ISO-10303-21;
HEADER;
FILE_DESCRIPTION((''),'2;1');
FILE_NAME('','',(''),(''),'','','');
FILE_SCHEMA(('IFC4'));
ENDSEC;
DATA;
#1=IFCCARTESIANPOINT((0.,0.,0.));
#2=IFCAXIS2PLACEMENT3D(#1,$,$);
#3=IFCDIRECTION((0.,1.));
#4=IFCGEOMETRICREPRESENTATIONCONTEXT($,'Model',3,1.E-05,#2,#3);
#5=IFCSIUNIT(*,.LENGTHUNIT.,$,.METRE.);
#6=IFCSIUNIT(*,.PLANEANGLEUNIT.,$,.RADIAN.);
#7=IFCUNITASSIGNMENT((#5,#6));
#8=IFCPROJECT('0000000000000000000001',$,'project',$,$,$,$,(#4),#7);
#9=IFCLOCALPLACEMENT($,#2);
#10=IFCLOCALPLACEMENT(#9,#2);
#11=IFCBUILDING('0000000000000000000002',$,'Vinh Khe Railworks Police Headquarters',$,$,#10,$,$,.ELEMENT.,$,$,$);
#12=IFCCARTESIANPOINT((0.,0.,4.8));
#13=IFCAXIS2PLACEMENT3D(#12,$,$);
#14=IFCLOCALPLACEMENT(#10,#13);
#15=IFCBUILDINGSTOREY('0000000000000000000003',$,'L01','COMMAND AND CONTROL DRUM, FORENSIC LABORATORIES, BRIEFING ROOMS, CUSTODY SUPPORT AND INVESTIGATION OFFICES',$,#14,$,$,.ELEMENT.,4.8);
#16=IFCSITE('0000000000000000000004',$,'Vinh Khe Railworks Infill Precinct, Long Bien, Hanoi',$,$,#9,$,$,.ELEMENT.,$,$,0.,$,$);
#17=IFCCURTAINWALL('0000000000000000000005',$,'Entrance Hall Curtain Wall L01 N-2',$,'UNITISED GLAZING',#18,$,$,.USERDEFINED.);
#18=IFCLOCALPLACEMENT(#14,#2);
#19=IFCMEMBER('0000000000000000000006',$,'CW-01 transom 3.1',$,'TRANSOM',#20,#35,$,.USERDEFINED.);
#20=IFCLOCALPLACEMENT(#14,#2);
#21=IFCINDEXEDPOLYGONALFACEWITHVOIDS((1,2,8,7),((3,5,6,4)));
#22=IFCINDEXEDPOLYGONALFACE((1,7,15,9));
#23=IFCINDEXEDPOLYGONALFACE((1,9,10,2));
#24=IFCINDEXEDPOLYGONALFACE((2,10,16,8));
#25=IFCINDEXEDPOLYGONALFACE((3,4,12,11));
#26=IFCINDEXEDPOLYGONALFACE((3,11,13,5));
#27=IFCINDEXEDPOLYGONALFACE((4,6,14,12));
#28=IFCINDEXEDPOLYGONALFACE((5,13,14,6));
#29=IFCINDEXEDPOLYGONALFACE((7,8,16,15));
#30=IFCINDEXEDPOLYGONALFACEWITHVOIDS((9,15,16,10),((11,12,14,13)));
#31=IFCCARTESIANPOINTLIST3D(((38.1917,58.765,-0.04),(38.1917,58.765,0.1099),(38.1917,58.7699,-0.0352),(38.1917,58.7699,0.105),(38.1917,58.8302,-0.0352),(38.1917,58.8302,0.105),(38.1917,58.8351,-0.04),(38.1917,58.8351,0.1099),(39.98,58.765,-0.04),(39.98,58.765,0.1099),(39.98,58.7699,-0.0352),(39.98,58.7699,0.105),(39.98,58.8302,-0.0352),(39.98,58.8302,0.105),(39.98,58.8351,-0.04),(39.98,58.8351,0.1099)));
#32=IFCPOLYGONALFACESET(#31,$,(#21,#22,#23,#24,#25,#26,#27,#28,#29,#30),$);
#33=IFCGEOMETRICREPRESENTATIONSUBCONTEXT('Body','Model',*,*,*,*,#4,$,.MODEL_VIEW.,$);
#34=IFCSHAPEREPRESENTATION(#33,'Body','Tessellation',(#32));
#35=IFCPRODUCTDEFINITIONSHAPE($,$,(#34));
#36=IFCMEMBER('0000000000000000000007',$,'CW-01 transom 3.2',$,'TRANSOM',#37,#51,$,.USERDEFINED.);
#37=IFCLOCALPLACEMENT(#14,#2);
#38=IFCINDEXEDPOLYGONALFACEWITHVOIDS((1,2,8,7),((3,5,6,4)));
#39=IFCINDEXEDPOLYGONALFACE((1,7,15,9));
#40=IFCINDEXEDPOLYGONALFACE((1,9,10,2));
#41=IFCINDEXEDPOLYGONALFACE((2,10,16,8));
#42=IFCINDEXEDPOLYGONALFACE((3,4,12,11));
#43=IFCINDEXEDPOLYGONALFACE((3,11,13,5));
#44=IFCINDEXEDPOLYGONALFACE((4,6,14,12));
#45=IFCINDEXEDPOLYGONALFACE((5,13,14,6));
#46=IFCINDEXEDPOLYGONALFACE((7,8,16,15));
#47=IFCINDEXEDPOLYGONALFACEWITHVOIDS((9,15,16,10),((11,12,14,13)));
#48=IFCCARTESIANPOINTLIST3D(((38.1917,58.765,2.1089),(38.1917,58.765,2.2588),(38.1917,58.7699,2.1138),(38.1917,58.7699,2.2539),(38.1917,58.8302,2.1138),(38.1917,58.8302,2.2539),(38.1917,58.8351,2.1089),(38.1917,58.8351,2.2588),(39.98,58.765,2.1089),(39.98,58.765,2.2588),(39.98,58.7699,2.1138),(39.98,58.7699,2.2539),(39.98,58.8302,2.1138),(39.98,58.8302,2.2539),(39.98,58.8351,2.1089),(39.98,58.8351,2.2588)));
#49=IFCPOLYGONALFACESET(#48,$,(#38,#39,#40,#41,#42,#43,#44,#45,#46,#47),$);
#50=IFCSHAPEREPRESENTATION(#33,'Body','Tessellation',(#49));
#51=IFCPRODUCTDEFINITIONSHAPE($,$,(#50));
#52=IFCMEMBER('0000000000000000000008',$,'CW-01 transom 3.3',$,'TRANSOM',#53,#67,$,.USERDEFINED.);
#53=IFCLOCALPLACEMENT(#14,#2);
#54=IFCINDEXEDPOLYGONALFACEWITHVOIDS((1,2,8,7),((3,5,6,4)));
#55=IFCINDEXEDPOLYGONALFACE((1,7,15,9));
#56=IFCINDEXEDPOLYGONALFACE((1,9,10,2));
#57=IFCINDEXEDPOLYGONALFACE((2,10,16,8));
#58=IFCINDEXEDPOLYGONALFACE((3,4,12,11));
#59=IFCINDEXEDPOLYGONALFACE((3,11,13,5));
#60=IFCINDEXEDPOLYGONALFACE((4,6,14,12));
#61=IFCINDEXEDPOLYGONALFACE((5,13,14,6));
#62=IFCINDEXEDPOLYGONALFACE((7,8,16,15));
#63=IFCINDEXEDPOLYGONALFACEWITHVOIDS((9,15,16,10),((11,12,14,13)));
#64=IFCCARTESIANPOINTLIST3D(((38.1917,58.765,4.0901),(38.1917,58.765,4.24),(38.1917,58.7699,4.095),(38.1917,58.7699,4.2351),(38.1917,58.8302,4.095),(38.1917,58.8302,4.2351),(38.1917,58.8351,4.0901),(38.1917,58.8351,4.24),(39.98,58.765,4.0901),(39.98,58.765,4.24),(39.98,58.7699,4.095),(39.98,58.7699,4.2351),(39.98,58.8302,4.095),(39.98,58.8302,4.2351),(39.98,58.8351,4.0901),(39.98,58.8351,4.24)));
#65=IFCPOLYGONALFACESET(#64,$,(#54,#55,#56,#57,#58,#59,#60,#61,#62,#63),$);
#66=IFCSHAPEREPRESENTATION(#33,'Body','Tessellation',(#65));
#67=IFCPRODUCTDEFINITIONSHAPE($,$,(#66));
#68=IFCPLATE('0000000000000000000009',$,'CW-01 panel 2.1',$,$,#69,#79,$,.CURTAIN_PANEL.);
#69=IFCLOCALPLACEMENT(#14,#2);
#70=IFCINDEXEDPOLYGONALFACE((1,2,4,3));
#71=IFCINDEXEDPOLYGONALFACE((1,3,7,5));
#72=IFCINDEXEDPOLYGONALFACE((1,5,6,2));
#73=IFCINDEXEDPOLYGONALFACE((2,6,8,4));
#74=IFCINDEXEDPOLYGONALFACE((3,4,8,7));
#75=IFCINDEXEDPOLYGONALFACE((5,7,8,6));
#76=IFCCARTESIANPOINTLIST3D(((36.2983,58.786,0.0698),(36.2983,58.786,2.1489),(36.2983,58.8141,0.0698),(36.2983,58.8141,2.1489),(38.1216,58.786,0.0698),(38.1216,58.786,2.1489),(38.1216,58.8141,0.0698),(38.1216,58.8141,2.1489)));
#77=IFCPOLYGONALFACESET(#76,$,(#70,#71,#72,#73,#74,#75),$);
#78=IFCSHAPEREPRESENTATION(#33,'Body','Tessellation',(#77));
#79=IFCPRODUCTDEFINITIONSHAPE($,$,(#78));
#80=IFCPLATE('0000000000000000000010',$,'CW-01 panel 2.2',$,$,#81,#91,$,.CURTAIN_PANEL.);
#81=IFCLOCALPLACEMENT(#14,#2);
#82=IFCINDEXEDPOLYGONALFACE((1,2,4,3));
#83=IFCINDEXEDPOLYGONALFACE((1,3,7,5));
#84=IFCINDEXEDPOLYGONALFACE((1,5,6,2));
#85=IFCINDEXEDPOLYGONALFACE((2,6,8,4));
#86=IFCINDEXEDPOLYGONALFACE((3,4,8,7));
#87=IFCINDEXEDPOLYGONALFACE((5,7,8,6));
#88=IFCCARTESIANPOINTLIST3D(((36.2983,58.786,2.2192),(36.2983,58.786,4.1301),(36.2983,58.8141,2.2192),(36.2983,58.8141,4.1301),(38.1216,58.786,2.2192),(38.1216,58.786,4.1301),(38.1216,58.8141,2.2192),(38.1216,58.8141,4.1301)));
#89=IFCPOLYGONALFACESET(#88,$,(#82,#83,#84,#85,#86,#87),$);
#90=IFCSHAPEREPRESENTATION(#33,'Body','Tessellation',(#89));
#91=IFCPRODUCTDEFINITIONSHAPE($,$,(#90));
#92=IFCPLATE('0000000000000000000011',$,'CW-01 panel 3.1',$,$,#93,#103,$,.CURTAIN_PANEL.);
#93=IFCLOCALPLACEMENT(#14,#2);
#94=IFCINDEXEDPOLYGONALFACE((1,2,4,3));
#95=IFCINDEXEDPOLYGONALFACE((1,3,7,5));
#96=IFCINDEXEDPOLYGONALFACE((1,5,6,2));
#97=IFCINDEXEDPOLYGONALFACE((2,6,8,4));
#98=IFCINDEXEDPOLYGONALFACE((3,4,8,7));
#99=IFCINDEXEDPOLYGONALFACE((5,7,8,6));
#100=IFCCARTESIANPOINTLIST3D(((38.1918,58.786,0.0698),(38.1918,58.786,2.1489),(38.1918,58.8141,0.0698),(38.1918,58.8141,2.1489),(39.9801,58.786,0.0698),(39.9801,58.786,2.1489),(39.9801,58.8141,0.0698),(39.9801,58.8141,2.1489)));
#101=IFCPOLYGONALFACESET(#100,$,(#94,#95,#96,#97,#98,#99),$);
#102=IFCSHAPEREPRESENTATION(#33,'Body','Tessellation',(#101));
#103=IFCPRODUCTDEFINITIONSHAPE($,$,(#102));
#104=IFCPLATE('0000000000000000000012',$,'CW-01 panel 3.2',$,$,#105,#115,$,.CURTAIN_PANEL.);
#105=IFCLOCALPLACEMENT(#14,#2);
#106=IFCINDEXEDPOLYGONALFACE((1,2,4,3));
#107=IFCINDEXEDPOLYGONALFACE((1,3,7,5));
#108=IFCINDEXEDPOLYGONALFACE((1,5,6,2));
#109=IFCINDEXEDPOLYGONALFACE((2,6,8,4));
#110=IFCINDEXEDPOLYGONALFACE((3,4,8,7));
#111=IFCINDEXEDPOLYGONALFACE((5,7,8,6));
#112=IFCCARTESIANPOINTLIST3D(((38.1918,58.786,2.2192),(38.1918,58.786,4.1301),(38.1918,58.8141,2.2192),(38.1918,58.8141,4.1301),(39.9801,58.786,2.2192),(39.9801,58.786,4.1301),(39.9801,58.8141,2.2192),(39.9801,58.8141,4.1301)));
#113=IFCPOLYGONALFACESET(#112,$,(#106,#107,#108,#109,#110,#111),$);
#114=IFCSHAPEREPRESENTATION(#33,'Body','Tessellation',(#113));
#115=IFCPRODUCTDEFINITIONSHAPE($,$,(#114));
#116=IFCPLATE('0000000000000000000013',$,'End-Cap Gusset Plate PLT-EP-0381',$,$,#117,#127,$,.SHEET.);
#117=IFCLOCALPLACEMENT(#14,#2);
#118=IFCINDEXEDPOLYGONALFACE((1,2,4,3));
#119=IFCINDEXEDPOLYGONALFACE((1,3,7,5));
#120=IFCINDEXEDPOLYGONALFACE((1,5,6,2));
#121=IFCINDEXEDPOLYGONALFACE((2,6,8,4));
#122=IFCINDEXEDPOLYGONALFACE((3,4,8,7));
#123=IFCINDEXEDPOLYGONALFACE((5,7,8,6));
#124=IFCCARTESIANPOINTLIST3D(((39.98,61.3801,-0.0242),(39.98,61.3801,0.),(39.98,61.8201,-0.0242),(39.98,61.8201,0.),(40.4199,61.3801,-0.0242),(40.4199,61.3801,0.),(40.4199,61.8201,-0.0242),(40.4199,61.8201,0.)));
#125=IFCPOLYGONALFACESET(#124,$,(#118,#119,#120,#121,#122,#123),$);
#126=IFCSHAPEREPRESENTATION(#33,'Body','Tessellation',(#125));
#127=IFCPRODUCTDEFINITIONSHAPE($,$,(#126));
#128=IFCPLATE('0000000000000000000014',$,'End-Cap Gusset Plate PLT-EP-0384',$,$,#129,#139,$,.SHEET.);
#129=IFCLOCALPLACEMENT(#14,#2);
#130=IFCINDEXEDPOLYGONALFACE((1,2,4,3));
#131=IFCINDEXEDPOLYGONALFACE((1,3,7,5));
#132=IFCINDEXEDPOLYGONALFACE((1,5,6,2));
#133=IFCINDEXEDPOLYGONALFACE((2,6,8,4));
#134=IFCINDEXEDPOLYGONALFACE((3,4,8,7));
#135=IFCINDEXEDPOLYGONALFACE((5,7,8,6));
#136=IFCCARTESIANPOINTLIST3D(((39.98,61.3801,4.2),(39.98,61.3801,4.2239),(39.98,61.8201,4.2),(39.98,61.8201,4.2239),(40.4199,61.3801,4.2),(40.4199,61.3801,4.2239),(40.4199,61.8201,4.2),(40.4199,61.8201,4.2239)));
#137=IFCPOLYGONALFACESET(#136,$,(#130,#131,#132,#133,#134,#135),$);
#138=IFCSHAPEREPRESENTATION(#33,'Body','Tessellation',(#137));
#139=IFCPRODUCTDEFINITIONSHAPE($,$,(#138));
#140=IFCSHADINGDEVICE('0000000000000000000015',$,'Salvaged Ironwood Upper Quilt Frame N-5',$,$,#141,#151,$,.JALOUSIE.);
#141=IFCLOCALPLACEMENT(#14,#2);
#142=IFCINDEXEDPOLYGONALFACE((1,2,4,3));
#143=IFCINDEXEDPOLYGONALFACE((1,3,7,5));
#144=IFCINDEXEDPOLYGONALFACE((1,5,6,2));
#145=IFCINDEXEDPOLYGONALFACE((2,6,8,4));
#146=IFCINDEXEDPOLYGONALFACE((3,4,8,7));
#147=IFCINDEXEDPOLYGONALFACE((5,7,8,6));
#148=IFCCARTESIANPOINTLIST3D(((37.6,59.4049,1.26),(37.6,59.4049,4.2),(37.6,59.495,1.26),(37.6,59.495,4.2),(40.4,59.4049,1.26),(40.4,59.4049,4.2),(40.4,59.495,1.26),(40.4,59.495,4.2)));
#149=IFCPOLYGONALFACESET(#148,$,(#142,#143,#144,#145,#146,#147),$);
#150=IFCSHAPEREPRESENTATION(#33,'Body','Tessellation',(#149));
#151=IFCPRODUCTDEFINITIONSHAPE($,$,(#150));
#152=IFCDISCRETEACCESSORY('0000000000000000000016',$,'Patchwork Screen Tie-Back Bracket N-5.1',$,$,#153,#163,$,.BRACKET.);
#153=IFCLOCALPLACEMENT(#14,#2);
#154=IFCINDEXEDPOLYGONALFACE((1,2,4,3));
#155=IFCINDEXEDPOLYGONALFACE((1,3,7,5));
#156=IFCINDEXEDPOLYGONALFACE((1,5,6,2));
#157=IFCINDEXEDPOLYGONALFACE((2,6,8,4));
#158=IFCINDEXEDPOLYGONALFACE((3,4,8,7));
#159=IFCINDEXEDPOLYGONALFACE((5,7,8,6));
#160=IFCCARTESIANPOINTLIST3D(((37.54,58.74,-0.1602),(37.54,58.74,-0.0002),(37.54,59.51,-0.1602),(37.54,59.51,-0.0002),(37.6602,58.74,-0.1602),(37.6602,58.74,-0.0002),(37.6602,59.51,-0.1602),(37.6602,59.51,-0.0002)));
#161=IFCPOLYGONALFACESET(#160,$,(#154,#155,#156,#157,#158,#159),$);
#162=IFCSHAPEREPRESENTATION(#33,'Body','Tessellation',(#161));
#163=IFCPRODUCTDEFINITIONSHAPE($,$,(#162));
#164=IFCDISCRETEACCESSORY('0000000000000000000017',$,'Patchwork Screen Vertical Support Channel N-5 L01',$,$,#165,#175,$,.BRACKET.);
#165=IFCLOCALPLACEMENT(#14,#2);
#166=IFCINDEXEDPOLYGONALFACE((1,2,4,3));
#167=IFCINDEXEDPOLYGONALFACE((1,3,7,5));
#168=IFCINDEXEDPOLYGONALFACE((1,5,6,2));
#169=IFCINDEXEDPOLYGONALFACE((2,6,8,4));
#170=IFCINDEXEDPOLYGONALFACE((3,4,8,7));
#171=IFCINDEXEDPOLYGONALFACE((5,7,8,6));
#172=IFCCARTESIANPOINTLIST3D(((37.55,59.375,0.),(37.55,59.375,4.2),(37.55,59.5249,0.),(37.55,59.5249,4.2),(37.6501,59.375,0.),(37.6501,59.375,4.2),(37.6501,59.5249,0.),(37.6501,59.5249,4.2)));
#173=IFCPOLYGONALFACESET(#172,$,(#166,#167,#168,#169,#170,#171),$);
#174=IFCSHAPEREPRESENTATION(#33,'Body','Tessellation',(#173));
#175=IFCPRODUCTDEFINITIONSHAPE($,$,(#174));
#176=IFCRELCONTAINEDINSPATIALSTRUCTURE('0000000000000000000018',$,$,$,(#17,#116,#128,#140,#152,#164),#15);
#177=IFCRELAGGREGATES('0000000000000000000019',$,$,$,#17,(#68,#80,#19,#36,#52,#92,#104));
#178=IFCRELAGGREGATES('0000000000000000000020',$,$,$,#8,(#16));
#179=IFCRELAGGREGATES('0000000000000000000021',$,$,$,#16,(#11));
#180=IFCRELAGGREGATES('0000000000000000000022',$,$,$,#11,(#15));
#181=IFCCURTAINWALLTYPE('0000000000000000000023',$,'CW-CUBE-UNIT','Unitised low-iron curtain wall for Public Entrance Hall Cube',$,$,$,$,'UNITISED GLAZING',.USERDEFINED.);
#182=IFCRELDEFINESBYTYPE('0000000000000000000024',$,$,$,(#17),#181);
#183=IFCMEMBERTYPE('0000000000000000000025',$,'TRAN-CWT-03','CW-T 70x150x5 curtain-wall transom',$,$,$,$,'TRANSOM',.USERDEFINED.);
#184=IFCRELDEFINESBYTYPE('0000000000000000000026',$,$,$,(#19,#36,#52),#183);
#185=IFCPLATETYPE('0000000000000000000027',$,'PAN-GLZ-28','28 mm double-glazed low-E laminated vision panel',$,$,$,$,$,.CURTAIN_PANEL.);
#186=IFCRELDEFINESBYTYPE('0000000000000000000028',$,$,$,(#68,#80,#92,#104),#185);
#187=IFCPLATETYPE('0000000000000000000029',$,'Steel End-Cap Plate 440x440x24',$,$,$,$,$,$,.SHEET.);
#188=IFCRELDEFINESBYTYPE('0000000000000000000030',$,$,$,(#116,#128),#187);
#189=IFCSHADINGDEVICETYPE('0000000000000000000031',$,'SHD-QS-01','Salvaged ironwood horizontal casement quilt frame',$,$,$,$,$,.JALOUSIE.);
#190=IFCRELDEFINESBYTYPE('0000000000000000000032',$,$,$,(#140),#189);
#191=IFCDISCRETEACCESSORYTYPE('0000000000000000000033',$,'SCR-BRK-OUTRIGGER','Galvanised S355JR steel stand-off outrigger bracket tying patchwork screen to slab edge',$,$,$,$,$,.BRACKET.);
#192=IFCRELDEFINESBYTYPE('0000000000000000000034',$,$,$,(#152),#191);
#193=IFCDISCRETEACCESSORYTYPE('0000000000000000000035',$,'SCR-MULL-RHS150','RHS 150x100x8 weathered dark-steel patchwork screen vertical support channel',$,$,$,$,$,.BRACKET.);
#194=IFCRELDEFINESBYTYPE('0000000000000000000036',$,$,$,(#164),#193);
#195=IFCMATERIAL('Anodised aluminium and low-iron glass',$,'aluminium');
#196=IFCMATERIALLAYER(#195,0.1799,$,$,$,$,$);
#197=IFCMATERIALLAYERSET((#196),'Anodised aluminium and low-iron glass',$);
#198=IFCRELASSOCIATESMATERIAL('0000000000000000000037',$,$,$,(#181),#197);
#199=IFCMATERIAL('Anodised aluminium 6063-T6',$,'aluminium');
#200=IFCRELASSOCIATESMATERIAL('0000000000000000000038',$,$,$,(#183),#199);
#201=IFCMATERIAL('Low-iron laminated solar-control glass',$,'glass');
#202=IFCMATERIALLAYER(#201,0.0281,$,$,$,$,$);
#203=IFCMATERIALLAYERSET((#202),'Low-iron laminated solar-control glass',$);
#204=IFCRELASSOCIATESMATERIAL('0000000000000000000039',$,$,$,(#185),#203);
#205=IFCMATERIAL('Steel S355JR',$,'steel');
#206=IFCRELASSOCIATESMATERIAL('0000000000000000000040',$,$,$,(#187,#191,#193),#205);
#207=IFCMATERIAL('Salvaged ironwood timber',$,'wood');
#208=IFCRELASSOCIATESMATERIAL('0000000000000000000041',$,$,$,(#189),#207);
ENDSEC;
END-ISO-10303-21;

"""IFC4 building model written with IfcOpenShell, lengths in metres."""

from ifc_helpers import new_model, si_unit, direction, frame, origin, origin_2d, place, context, subcontext, project, spatial, rectangle, hollow_rectangle, extrude, material, layer, layer_set, material_profile, profile_set, type_object, element, aggregate, save


model = new_model("IFC4")

# Units and contexts
model_context = context("Model", 3, precision=1e-05, world=origin(), true_north=direction((0.0, 1.0)))
body_context = subcontext(model_context, "Body", "Model", "MODEL_VIEW")
ifc_project = project(units=[si_unit("LENGTHUNIT", "METRE"), si_unit("PLANEANGLEUNIT", "RADIAN")], contexts=[model_context])

# Site, building, storey
site_placement = place(None, origin())
site = spatial("IfcSite", under=ifc_project, at=site_placement, Name="Vinh Khe Railworks Infill Precinct, Long Bien, Hanoi", CompositionType="ELEMENT", RefElevation=0.0)
building_placement = place(site_placement, origin())
building = spatial("IfcBuilding", under=site, at=building_placement, Name="Vinh Khe Railworks Police Headquarters", CompositionType="ELEMENT")
storey_placement = place(building_placement, frame((0.0, 0.0, 4.8)))
storey = spatial("IfcBuildingStorey", under=building, at=storey_placement, Name="L01", Description="COMMAND AND CONTROL DRUM, FORENSIC LABORATORIES, BRIEFING ROOMS, CUSTODY SUPPORT AND INVESTIGATION OFFICES", CompositionType="ELEMENT", Elevation=4.8)

# Shared definitions
ifc_material_1 = material(Name="Steel S355JR", Category="steel")

# Shared definitions
ifc_material_2 = material(Name="Salvaged ironwood timber", Category="wood")

# Curtain wall
ifc_material_3 = material(Name="Anodised aluminium and low-iron glass", Category="aluminium")
ifc_layer_1 = layer(ifc_material_3, 0.1799)
ifc_layer_set_1 = layer_set([ifc_layer_1], Name="Anodised aluminium and low-iron glass")
curtain_wall_type = type_object("IfcCurtainWallType", Name="CW-CUBE-UNIT", Description="Unitised low-iron curtain wall for Public Entrance Hall Cube", ElementType="UNITISED GLAZING", PredefinedType="USERDEFINED", material=ifc_layer_set_1)
curtain_wall_1_placement = place(storey_placement, origin())
curtain_wall_1 = element("IfcCurtainWall", 1, at=curtain_wall_1_placement, inside=storey, type_object=curtain_wall_type, Name="Entrance Hall Curtain Wall L01 N-2", ObjectType="UNITISED GLAZING", PredefinedType="USERDEFINED")
ifc_material_4 = material(Name="Anodised aluminium 6063-T6", Category="aluminium")

# Members
ifc_material_profile_1 = material_profile(ifc_material_4, hollow_rectangle(XDim=0.0701, YDim=0.1499, WallThickness=0.0049, at=origin_2d()), Name="CW-T 70x150x5")
ifc_profile_set_1 = profile_set([ifc_material_profile_1], Name="Anodised aluminium 6063-T6")
member_type_1 = type_object("IfcMemberType", Name="TRAN-CWT-03", Description="CW-T 70x150x5 curtain-wall transom", ElementType="TRANSOM", PredefinedType="USERDEFINED", material=ifc_profile_set_1)
member_1_placement = place(storey_placement, frame((38.1917, 58.8, 0.0349), z_axis=(1.0, 0.0, 0.0), x_axis=(0.0, 1.0, 0.0)))
member_1 = element("IfcMember", 2, at=member_1_placement, type_object=member_type_1, Name="CW-01 transom 3.1", ObjectType="TRANSOM", PredefinedType="USERDEFINED", context=body_context, shape_type="SweptSolid", body=[
    extrude(hollow_rectangle(XDim=0.0701, YDim=0.1499, WallThickness=0.0049, at=origin_2d()), origin(), (0.0, 0.0, 1.0), 1.7883),
])
member_2_placement = place(storey_placement, frame((38.1917, 58.8, 2.1838), z_axis=(1.0, 0.0, 0.0), x_axis=(0.0, 1.0, 0.0)))
member_2 = element("IfcMember", 3, at=member_2_placement, type_object=member_type_1, Name="CW-01 transom 3.2", ObjectType="TRANSOM", PredefinedType="USERDEFINED", context=body_context, shape_type="SweptSolid", body=[
    extrude(hollow_rectangle(XDim=0.0701, YDim=0.1499, WallThickness=0.0049, at=origin_2d()), origin(), (0.0, 0.0, 1.0), 1.7883),
])
member_3_placement = place(storey_placement, frame((38.1917, 58.8, 4.165), z_axis=(1.0, 0.0, 0.0), x_axis=(0.0, 1.0, 0.0)))
member_3 = element("IfcMember", 4, at=member_3_placement, type_object=member_type_1, Name="CW-01 transom 3.3", ObjectType="TRANSOM", PredefinedType="USERDEFINED", context=body_context, shape_type="SweptSolid", body=[
    extrude(hollow_rectangle(XDim=0.0701, YDim=0.1499, WallThickness=0.0049, at=origin_2d()), origin(), (0.0, 0.0, 1.0), 1.7883),
])

# Plates
ifc_material_5 = material(Name="Low-iron laminated solar-control glass", Category="glass")
ifc_layer_2 = layer(ifc_material_5, 0.0281)
ifc_layer_set_2 = layer_set([ifc_layer_2], Name="Low-iron laminated solar-control glass")
plate_type_1 = type_object("IfcPlateType", Name="PAN-GLZ-28", Description="28 mm double-glazed low-E laminated vision panel", PredefinedType="CURTAIN_PANEL", material=ifc_layer_set_2)
plate_1_placement = place(storey_placement, frame((37.21, 58.8, 0.0698), z_axis=(0.0, 0.0, 1.0), x_axis=(1.0, 0.0, 0.0)))
plate_1 = element("IfcPlate", 5, at=plate_1_placement, type_object=plate_type_1, Name="CW-01 panel 2.1", PredefinedType="CURTAIN_PANEL", context=body_context, shape_type="SweptSolid", body=[
    extrude(rectangle(XDim=1.8232, YDim=0.0281, at=origin_2d()), origin(), (0.0, 0.0, 1.0), 2.0791),
])
plate_2_placement = place(storey_placement, frame((37.21, 58.8, 2.2192), z_axis=(0.0, 0.0, 1.0), x_axis=(1.0, 0.0, 0.0)))
plate_2 = element("IfcPlate", 6, at=plate_2_placement, type_object=plate_type_1, Name="CW-01 panel 2.2", PredefinedType="CURTAIN_PANEL", context=body_context, shape_type="SweptSolid", body=[
    extrude(rectangle(XDim=1.8232, YDim=0.0281, at=origin_2d()), origin(), (0.0, 0.0, 1.0), 1.9109),
])
plate_3_placement = place(storey_placement, frame((39.0859, 58.8, 0.0698), z_axis=(0.0, 0.0, 1.0), x_axis=(1.0, 0.0, 0.0)))
plate_3 = element("IfcPlate", 7, at=plate_3_placement, type_object=plate_type_1, Name="CW-01 panel 3.1", PredefinedType="CURTAIN_PANEL", context=body_context, shape_type="SweptSolid", body=[
    extrude(rectangle(XDim=1.7883, YDim=0.0281, at=origin_2d()), origin(), (0.0, 0.0, 1.0), 2.0791),
])
plate_4_placement = place(storey_placement, frame((39.0859, 58.8, 2.2192), z_axis=(0.0, 0.0, 1.0), x_axis=(1.0, 0.0, 0.0)))
plate_4 = element("IfcPlate", 8, at=plate_4_placement, type_object=plate_type_1, Name="CW-01 panel 3.2", PredefinedType="CURTAIN_PANEL", context=body_context, shape_type="SweptSolid", body=[
    extrude(rectangle(XDim=1.7883, YDim=0.0281, at=origin_2d()), origin(), (0.0, 0.0, 1.0), 1.9109),
])
aggregate(curtain_wall_1, [plate_1, plate_2, member_1, member_2, member_3, plate_3, plate_4])

# Plates
ifc_material_profile_2 = material_profile(ifc_material_1, rectangle(XDim=0.4399, YDim=0.4399, at=origin_2d()), Name="PL 440x440")
ifc_profile_set_2 = profile_set([ifc_material_profile_2], Name="Steel S355JR")
plate_type_2 = type_object("IfcPlateType", Name="Steel End-Cap Plate 440x440x24", PredefinedType="SHEET", material=ifc_profile_set_2)
plate_5_placement = place(storey_placement, frame((40.2, 61.6001, 0.0), z_axis=(0.0, 0.0, -1.0), x_axis=(1.0, 0.0, 0.0)))
element("IfcPlate", 9, at=plate_5_placement, inside=storey, type_object=plate_type_2, Name="End-Cap Gusset Plate PLT-EP-0381", PredefinedType="SHEET", context=body_context, shape_type="SweptSolid", body=[
    extrude(rectangle(XDim=0.4399, YDim=0.4399, at=origin_2d()), origin(), (0.0, 0.0, 1.0), 0.0242),
])
plate_6_placement = place(storey_placement, frame((40.2, 61.6001, 4.2), z_axis=(0.0, 0.0, 1.0), x_axis=(1.0, 0.0, 0.0)))
element("IfcPlate", 10, at=plate_6_placement, inside=storey, type_object=plate_type_2, Name="End-Cap Gusset Plate PLT-EP-0384", PredefinedType="SHEET", context=body_context, shape_type="SweptSolid", body=[
    extrude(rectangle(XDim=0.4399, YDim=0.4399, at=origin_2d()), origin(), (0.0, 0.0, 1.0), 0.0239),
])

# Shading device
shading_device_type = type_object("IfcShadingDeviceType", Name="SHD-QS-01", Description="Salvaged ironwood horizontal casement quilt frame", PredefinedType="JALOUSIE", material=ifc_material_2)
shading_device_placement = place(storey_placement, frame((39.0, 59.45, 1.26), z_axis=(0.0, 0.0, 1.0), x_axis=(1.0, 0.0, 0.0)))
element("IfcShadingDevice", 11, at=shading_device_placement, inside=storey, type_object=shading_device_type, Name="Salvaged Ironwood Upper Quilt Frame N-5", PredefinedType="JALOUSIE", context=body_context, shape_type="SweptSolid", body=[
    extrude(rectangle(XDim=2.8, YDim=0.0901, at=origin_2d()), origin(), (0.0, 0.0, 1.0), 2.9399),
])

# Discrete accessories
discrete_accessory_type_1 = type_object("IfcDiscreteAccessoryType", Name="SCR-BRK-OUTRIGGER", Description="Galvanised S355JR steel stand-off outrigger bracket tying patchwork screen to slab edge", PredefinedType="BRACKET", material=ifc_material_1)
discrete_accessory_1_placement = place(storey_placement, frame((37.6001, 59.125, -0.1602), z_axis=(0.0, 0.0, 1.0), x_axis=(1.0, 0.0, 0.0)))
element("IfcDiscreteAccessory", 12, at=discrete_accessory_1_placement, inside=storey, type_object=discrete_accessory_type_1, Name="Patchwork Screen Tie-Back Bracket N-5.1", PredefinedType="BRACKET", context=body_context, shape_type="SweptSolid", body=[
    extrude(rectangle(XDim=0.1201, YDim=0.77, at=origin_2d()), origin(), (0.0, 0.0, 1.0), 0.1599),
])
discrete_accessory_type_2 = type_object("IfcDiscreteAccessoryType", Name="SCR-MULL-RHS150", Description="RHS 150x100x8 weathered dark-steel patchwork screen vertical support channel", PredefinedType="BRACKET", material=ifc_material_1)
discrete_accessory_2_placement = place(storey_placement, frame((37.6001, 59.45, 0.0), z_axis=(0.0, 0.0, 1.0), x_axis=(1.0, 0.0, 0.0)))
element("IfcDiscreteAccessory", 13, at=discrete_accessory_2_placement, inside=storey, type_object=discrete_accessory_type_2, Name="Patchwork Screen Vertical Support Channel N-5 L01", PredefinedType="BRACKET", context=body_context, shape_type="SweptSolid", body=[
    extrude(rectangle(XDim=0.1001, YDim=0.1499, at=origin_2d()), origin(), (0.0, 0.0, 1.0), 4.2),
])

save(model, "model.ifc")
